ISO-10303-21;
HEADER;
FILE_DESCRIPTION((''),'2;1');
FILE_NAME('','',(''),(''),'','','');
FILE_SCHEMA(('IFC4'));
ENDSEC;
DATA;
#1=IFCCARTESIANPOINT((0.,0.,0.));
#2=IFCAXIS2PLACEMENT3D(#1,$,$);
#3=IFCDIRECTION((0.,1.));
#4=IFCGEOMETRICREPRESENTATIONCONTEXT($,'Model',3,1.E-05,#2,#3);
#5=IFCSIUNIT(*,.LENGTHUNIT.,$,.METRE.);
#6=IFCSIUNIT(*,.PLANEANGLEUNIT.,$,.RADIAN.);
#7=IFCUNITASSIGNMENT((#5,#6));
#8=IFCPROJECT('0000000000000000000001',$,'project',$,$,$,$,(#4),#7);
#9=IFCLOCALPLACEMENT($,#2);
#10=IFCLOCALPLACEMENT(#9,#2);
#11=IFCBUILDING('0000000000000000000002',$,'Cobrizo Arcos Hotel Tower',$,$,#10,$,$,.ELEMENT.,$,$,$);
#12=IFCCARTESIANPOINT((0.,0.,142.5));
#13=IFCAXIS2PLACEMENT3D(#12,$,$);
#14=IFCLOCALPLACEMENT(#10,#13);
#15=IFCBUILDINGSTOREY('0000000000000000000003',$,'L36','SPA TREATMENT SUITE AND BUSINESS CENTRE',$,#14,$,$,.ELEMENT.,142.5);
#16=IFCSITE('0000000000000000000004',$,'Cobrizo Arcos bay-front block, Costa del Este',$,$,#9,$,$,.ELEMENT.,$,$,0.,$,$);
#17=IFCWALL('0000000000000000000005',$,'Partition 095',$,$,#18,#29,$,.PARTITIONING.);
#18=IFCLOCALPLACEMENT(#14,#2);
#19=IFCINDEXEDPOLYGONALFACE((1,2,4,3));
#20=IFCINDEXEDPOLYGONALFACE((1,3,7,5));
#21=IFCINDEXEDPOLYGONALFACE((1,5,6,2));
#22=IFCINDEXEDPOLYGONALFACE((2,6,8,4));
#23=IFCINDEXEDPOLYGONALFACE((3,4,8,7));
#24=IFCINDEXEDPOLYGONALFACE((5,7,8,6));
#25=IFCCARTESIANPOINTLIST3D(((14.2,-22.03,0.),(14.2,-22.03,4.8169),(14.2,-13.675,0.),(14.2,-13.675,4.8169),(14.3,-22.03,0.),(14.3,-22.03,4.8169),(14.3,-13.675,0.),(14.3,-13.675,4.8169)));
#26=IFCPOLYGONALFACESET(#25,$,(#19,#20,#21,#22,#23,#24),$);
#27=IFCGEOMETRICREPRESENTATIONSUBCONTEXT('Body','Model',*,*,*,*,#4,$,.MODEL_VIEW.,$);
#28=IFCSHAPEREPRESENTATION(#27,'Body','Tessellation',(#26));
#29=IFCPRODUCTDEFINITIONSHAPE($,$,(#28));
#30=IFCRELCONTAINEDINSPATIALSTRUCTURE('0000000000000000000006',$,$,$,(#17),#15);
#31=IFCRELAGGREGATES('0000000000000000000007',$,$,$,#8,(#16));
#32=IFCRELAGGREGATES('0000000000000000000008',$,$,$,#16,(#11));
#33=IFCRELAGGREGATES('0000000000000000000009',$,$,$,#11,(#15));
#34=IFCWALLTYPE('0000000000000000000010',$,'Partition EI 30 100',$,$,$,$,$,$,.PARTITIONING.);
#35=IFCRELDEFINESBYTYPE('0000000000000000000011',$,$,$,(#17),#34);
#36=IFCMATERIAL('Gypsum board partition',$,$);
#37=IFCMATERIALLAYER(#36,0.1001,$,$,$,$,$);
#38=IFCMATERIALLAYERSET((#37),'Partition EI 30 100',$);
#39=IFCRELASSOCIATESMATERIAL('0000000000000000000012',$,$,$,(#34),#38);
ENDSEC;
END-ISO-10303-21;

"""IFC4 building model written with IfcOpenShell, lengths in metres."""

from ifc_helpers import new_model, si_unit, direction, frame, frame_2d, origin, place, context, subcontext, project, spatial, rectangle, extrude, material, layer, layer_set, type_object, element, save


model = new_model("IFC4")

# Units and contexts
model_context = context("Model", 3, precision=1e-05, world=origin(), true_north=direction((0.0, 1.0)))
body_context = subcontext(model_context, "Body", "Model", "MODEL_VIEW")
ifc_project = project(units=[si_unit("LENGTHUNIT", "METRE"), si_unit("PLANEANGLEUNIT", "RADIAN")], contexts=[model_context])

# Site, building, storey
site_placement = place(None, origin())
site = spatial("IfcSite", under=ifc_project, at=site_placement, Name="Cobrizo Arcos bay-front block, Costa del Este", CompositionType="ELEMENT", RefElevation=0.0)
building_placement = place(site_placement, origin())
building = spatial("IfcBuilding", under=site, at=building_placement, Name="Cobrizo Arcos Hotel Tower", CompositionType="ELEMENT")
storey_placement = place(building_placement, frame((0.0, 0.0, 142.5)))
storey = spatial("IfcBuildingStorey", under=building, at=storey_placement, Name="L36", Description="SPA TREATMENT SUITE AND BUSINESS CENTRE", CompositionType="ELEMENT", Elevation=142.5)

# Shared definitions
ifc_material_1 = material(Name="Gypsum board partition")
ifc_layer_1 = layer(ifc_material_1, 0.1001)
ifc_layer_set_1 = layer_set([ifc_layer_1], Name="Partition EI 30 100")
wall_type_1 = type_object("IfcWallType", Name="Partition EI 30 100", PredefinedType="PARTITIONING", material=ifc_layer_set_1)

# Wall
wall_1_placement = place(storey_placement, frame((14.25, -22.03, 0.0), z_axis=(0.0, 0.0, 1.0), x_axis=(0.0, 1.0, 0.0)))
element("IfcWall", 1, at=wall_1_placement, inside=storey, type_object=wall_type_1, Name="Partition 095", PredefinedType="PARTITIONING", context=body_context, shape_type="SweptSolid", body=[
    extrude(rectangle(XDim=8.355, YDim=0.1001, at=frame_2d((4.1775, 0.0))), origin(), (0.0, 0.0, 1.0), 4.8169),
])

save(model, "model.ifc")
